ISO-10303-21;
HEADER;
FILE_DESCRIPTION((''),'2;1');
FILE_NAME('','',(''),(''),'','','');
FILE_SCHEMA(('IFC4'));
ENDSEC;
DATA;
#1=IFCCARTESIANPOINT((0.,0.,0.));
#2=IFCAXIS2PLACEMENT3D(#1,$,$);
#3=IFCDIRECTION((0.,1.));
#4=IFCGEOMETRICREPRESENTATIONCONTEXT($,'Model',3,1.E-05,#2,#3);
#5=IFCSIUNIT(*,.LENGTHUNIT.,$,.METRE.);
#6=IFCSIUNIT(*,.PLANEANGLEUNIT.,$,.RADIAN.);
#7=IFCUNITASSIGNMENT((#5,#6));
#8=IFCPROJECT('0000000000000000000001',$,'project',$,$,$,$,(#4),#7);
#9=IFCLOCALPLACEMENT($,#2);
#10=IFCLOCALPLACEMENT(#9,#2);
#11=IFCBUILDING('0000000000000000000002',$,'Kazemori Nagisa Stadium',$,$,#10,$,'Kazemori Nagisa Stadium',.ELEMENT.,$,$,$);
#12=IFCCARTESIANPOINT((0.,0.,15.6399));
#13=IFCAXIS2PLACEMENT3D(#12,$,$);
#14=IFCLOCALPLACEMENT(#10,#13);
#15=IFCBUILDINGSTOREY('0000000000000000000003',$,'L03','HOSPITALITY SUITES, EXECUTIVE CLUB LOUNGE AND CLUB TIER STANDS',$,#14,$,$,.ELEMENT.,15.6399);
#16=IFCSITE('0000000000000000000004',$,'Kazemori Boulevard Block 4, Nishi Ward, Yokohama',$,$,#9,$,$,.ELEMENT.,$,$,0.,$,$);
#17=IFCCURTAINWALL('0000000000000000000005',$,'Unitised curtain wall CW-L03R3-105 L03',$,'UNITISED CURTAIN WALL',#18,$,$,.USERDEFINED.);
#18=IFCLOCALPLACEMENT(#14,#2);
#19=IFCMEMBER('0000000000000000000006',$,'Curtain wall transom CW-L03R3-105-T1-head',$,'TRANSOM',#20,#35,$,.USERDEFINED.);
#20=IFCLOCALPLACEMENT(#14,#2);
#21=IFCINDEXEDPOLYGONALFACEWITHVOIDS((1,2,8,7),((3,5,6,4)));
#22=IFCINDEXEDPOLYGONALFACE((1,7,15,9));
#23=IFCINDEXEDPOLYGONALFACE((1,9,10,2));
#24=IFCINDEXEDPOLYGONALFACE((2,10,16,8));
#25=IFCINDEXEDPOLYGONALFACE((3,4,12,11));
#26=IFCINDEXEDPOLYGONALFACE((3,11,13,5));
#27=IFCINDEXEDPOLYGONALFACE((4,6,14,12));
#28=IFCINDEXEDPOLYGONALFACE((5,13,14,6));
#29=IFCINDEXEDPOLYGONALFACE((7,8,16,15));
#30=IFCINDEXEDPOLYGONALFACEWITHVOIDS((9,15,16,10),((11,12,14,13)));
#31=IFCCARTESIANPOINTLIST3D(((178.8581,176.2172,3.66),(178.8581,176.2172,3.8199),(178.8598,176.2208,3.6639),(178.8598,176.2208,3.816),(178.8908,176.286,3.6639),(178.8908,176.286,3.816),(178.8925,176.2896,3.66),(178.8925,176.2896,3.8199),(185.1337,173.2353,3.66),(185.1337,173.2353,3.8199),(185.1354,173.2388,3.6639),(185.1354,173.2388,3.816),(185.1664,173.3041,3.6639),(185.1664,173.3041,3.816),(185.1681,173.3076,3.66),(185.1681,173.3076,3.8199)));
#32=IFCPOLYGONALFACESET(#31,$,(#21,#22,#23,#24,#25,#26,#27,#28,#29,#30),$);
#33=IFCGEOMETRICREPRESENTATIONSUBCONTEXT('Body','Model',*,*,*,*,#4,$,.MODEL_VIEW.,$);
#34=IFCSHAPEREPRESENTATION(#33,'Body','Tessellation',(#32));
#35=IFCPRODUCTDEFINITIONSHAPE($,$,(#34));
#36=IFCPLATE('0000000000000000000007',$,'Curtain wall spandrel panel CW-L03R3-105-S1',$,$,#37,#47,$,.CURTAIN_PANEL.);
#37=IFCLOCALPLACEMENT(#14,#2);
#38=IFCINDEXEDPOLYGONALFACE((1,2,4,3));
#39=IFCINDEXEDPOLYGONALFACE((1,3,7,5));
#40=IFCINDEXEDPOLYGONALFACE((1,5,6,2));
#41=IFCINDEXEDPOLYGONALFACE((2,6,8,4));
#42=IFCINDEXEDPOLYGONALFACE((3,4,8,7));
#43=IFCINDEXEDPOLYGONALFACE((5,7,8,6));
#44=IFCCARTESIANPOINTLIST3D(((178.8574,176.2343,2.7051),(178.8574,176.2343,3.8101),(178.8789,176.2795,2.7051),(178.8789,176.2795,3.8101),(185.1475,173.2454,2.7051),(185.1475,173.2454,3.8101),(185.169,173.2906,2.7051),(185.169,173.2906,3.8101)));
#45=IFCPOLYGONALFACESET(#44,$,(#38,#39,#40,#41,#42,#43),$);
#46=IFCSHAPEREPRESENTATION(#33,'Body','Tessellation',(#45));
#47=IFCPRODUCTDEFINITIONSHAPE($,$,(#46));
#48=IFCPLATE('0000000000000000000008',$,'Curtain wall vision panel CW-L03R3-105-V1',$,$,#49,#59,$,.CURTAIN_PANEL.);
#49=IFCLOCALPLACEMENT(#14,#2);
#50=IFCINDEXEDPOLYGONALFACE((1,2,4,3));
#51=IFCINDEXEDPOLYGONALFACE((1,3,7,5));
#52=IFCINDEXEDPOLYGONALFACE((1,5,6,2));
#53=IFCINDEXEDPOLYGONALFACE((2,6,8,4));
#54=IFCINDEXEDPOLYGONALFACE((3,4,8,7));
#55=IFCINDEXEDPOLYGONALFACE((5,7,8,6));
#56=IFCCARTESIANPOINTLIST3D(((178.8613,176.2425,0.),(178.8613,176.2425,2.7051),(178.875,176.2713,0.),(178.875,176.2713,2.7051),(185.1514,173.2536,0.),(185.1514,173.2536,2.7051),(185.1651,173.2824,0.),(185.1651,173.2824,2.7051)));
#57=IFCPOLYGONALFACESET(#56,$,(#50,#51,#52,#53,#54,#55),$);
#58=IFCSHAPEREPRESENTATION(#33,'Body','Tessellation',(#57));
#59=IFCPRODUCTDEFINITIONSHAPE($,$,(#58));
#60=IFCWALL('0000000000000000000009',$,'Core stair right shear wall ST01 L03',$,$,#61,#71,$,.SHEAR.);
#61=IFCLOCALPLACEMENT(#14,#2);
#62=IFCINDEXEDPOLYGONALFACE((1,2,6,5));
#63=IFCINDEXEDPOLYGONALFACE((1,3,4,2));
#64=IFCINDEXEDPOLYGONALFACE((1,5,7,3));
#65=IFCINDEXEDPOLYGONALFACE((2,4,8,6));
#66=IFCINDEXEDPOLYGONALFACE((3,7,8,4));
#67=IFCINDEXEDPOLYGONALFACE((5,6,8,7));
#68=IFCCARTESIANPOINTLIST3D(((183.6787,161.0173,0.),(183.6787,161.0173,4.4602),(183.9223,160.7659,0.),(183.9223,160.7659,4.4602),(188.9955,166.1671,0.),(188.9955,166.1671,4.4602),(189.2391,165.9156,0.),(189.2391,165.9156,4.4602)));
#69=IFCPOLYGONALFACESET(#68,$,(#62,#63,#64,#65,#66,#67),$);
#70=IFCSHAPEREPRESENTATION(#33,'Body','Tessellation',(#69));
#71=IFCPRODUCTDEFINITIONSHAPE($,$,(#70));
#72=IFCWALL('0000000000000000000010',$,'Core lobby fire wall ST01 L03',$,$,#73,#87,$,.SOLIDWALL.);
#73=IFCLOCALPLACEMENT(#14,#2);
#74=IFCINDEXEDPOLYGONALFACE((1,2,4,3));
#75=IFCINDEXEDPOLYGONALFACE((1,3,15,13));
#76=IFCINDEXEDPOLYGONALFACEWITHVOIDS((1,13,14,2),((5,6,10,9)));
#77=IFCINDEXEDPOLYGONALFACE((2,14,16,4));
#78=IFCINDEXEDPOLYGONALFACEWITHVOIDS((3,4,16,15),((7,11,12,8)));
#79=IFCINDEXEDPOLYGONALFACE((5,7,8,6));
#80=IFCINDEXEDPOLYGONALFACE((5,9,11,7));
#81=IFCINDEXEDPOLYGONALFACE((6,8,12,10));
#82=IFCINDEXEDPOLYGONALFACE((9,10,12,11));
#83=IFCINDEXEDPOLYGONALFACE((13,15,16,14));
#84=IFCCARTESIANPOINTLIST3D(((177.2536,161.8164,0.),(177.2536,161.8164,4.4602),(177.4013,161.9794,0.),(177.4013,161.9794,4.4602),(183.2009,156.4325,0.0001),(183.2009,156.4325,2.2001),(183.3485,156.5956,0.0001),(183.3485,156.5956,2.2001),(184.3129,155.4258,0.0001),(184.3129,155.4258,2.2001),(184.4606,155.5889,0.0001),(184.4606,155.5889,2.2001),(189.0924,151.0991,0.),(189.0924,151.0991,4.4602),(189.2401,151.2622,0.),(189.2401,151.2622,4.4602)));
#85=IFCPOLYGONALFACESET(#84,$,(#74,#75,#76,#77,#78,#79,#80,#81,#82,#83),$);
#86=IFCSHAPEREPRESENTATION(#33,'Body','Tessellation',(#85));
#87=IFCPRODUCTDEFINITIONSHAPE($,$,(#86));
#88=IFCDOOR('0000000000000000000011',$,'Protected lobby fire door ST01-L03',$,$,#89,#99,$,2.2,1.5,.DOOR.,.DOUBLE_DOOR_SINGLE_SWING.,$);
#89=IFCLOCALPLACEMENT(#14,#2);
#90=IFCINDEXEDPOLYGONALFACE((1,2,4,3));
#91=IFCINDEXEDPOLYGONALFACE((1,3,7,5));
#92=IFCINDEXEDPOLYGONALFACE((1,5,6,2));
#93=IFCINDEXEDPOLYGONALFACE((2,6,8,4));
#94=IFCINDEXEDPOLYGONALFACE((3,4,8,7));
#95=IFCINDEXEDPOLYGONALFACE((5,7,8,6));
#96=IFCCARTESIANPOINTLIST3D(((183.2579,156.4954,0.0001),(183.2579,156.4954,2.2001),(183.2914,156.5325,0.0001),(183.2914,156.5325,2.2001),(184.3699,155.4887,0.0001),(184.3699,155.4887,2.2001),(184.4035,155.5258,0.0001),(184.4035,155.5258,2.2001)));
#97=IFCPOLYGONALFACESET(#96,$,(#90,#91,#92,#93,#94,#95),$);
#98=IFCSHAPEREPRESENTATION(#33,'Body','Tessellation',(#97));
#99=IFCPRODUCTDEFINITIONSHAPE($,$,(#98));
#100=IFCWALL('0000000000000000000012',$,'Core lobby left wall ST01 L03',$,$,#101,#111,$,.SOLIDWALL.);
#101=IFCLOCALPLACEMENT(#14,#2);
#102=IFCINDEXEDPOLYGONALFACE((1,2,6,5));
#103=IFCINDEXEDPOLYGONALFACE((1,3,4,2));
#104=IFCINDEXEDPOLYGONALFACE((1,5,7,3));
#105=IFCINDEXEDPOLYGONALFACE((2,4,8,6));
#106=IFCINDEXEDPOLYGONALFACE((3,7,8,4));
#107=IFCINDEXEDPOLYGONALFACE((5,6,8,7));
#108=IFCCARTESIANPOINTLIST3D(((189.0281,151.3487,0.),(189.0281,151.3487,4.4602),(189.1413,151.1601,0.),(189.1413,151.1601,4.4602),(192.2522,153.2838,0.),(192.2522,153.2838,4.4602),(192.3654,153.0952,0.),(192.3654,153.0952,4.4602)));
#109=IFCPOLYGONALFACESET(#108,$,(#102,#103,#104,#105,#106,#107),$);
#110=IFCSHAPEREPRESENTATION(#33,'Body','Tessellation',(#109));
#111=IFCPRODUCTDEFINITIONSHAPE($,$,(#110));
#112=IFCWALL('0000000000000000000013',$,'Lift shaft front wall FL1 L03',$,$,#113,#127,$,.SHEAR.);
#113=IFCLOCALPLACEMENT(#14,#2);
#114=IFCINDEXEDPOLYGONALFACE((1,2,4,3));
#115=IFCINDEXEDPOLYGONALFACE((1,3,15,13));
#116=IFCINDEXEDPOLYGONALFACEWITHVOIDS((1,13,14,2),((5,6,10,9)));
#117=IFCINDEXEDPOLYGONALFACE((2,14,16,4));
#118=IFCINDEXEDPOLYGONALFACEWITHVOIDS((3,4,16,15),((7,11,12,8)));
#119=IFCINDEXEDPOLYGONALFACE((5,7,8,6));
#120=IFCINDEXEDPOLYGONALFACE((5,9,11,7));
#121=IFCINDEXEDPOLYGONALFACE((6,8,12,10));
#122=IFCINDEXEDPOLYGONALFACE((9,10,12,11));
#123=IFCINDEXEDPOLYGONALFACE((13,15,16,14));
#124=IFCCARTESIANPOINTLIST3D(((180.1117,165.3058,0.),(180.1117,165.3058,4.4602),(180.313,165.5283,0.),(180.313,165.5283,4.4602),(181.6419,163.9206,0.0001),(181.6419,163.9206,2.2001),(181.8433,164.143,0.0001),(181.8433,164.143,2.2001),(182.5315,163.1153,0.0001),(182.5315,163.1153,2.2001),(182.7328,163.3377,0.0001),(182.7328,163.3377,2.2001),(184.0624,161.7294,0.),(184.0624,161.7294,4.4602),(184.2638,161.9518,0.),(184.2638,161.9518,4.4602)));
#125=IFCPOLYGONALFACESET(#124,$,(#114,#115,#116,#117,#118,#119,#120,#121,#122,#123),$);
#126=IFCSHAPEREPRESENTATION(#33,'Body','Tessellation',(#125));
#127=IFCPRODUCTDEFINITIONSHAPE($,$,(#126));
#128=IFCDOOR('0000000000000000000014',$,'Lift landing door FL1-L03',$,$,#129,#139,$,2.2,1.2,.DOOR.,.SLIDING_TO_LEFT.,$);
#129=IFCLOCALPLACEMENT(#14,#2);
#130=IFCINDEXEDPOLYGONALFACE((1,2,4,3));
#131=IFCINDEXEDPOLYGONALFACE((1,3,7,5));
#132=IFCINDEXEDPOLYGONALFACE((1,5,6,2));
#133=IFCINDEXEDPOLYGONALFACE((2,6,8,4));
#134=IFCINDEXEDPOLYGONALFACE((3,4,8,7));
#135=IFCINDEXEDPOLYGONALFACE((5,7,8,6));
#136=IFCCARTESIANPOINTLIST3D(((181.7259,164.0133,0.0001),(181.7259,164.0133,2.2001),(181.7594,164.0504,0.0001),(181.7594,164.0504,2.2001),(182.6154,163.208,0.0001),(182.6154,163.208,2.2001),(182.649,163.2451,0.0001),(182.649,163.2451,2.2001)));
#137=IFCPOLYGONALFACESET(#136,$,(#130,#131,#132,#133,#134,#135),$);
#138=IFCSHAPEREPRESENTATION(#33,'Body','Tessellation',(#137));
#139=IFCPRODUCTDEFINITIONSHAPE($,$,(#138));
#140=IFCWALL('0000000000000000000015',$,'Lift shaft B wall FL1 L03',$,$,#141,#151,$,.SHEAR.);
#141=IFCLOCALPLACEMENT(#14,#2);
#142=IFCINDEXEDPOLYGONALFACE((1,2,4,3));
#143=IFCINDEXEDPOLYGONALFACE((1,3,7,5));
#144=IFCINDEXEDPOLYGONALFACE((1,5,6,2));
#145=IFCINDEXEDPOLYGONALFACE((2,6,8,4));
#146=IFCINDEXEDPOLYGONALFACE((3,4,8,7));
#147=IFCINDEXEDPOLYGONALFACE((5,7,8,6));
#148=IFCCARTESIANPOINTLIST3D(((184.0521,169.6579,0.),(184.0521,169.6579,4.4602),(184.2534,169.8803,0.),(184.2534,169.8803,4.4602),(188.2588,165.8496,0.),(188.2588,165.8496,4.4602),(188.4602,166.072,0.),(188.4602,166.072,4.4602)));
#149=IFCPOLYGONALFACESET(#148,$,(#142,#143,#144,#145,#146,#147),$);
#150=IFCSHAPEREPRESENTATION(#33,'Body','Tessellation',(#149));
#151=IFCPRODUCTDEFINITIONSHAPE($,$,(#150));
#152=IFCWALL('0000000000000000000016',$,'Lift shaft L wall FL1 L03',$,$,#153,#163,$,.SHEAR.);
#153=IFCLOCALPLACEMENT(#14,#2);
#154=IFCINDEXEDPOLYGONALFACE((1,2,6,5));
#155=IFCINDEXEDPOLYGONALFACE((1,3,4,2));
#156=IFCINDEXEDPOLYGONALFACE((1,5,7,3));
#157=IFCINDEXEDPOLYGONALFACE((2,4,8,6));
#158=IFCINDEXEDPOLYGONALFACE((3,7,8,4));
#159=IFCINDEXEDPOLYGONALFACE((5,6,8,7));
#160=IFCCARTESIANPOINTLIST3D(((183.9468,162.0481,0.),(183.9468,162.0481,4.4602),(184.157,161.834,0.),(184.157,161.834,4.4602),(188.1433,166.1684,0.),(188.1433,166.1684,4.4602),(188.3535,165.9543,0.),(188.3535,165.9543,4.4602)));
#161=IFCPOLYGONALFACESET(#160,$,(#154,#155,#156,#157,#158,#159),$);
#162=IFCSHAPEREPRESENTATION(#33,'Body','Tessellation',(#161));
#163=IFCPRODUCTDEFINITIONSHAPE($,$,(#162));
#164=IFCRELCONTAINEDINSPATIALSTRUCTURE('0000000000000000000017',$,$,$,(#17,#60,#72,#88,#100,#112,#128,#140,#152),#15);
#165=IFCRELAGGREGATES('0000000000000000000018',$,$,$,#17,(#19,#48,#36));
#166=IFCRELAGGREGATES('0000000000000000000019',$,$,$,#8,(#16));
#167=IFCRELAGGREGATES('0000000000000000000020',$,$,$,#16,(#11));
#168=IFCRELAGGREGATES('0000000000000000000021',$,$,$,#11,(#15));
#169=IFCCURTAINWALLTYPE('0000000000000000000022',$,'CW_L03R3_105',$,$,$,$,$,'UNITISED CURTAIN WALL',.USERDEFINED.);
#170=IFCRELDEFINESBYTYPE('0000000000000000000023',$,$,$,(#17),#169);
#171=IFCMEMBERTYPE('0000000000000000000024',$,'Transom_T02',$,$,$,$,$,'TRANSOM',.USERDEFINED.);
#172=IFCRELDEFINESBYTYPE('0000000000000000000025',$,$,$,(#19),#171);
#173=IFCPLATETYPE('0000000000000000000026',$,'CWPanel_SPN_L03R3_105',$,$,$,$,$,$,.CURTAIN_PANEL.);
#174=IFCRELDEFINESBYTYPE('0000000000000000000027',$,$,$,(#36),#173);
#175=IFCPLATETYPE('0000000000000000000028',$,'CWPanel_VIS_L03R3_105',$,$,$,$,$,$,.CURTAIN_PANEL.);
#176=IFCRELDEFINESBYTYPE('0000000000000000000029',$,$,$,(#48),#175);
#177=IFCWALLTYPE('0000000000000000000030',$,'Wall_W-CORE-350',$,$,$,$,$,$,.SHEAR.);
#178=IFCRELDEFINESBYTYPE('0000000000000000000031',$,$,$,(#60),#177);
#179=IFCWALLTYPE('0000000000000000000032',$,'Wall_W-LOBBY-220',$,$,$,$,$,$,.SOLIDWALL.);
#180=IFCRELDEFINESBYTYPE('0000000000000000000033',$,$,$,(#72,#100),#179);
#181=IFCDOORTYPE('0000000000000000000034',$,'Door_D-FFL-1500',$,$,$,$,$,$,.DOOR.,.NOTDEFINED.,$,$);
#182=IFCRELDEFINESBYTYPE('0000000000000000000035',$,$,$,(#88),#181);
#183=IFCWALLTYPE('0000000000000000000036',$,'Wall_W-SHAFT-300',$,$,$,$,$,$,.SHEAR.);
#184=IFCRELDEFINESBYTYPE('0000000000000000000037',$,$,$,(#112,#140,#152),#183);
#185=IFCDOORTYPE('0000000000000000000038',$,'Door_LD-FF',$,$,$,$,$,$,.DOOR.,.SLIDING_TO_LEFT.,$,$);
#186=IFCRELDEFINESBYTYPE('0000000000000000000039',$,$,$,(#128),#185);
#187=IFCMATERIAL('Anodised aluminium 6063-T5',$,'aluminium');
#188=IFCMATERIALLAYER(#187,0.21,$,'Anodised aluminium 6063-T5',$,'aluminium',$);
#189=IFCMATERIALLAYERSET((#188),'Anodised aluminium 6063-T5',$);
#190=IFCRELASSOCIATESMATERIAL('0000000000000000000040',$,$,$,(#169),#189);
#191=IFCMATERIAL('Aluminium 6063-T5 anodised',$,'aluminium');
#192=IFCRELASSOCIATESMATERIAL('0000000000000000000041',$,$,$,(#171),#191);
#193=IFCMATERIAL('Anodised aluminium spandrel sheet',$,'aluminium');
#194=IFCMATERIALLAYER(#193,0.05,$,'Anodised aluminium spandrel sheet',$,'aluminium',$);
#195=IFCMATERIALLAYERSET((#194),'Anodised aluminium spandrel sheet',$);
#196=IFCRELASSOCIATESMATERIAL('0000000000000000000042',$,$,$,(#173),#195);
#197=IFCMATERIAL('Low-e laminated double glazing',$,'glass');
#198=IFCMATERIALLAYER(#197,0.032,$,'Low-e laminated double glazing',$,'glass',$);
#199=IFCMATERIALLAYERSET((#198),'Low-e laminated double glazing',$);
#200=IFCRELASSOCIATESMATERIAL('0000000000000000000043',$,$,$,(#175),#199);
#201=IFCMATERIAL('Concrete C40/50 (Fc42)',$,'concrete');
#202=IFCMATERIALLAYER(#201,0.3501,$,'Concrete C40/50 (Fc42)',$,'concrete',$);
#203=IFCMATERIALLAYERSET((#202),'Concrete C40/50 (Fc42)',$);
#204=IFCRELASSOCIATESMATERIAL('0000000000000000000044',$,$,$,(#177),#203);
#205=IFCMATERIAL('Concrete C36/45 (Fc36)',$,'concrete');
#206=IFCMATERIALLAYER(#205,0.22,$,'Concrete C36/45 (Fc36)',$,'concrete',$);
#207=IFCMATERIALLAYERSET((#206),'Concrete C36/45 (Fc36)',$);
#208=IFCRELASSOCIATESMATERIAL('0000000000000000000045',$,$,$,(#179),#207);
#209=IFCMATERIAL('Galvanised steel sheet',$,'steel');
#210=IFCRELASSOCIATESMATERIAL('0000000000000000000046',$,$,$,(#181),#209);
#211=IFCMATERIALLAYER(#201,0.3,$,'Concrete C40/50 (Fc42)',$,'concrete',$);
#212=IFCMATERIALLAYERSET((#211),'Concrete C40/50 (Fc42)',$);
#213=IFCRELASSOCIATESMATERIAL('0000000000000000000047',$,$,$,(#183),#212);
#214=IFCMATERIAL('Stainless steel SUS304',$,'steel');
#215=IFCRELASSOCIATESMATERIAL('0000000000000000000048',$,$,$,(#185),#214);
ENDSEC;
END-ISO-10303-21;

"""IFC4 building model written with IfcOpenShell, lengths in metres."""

from ifc_helpers import new_model, si_unit, direction, frame, frame_2d, origin, origin_2d, place, context, subcontext, project, spatial, rectangle, hollow_rectangle, extrude, material, layer, layer_set, material_profile, profile_set, type_object, element, fill, aggregate, save


model = new_model("IFC4")

# Units and contexts
model_context = context("Model", 3, precision=1e-05, world=origin(), true_north=direction((0.0, 1.0)))
body_context = subcontext(model_context, "Body", "Model", "MODEL_VIEW")
ifc_project = project(units=[si_unit("LENGTHUNIT", "METRE"), si_unit("PLANEANGLEUNIT", "RADIAN")], contexts=[model_context])

# Site, building, storey
site_placement = place(None, origin())
site = spatial("IfcSite", under=ifc_project, at=site_placement, Name="Kazemori Boulevard Block 4, Nishi Ward, Yokohama", CompositionType="ELEMENT", RefElevation=0.0)
building_placement = place(site_placement, origin())
building = spatial("IfcBuilding", under=site, at=building_placement, Name="Kazemori Nagisa Stadium", LongName="Kazemori Nagisa Stadium", CompositionType="ELEMENT")
storey_placement = place(building_placement, frame((0.0, 0.0, 15.6399)))
storey = spatial("IfcBuildingStorey", under=building, at=storey_placement, Name="L03", Description="HOSPITALITY SUITES, EXECUTIVE CLUB LOUNGE AND CLUB TIER STANDS", CompositionType="ELEMENT", Elevation=15.6399)

# Shared definitions
ifc_material_1 = material(Name="Concrete C40/50 (Fc42)", Category="concrete")

# Curtain wall, member, plates
ifc_material_2 = material(Name="Anodised aluminium 6063-T5", Category="aluminium")
ifc_layer_1 = layer(ifc_material_2, 0.21, Name="Anodised aluminium 6063-T5", Category="aluminium")
ifc_layer_set_1 = layer_set([ifc_layer_1], Name="Anodised aluminium 6063-T5")
curtain_wall_type = type_object("IfcCurtainWallType", Name="CW_L03R3_105", ElementType="UNITISED CURTAIN WALL", PredefinedType="USERDEFINED", material=ifc_layer_set_1)
curtain_wall_placement = place(storey_placement, origin())
curtain_wall = element("IfcCurtainWall", 1, at=curtain_wall_placement, inside=storey, type_object=curtain_wall_type, Name="Unitised curtain wall CW-L03R3-105 L03", ObjectType="UNITISED CURTAIN WALL", PredefinedType="USERDEFINED")
ifc_material_3 = material(Name="Aluminium 6063-T5 anodised", Category="aluminium")
ifc_material_profile_1 = material_profile(ifc_material_3, hollow_rectangle(XDim=0.0801, YDim=0.1599, WallThickness=0.0039, at=origin_2d()), Name="ALU-TRAN-80x160x4")
ifc_profile_set_1 = profile_set([ifc_material_profile_1], Name="Aluminium 6063-T5 anodised")
member_type_1 = type_object("IfcMemberType", Name="Transom_T02", ElementType="TRANSOM", PredefinedType="USERDEFINED", material=ifc_profile_set_1)
member_1_placement = place(storey_placement, frame((185.1509, 173.2715, 3.74), z_axis=(-0.903221, 0.429175, 0.0), x_axis=(-0.429175, -0.903221, 0.0)))
member_1 = element("IfcMember", 2, at=member_1_placement, type_object=member_type_1, Name="Curtain wall transom CW-L03R3-105-T1-head", ObjectType="TRANSOM", PredefinedType="USERDEFINED", context=body_context, shape_type="SweptSolid", body=[
    extrude(hollow_rectangle(XDim=0.0801, YDim=0.1599, WallThickness=0.0039, at=origin_2d()), origin(), (0.0, 0.0, 1.0), 6.948),
])
ifc_material_4 = material(Name="Anodised aluminium spandrel sheet", Category="aluminium")
ifc_layer_2 = layer(ifc_material_4, 0.05, Name="Anodised aluminium spandrel sheet", Category="aluminium")
ifc_layer_set_2 = layer_set([ifc_layer_2], Name="Anodised aluminium spandrel sheet")
plate_type_1 = type_object("IfcPlateType", Name="CWPanel_SPN_L03R3_105", PredefinedType="CURTAIN_PANEL", material=ifc_layer_set_2)
plate_1_placement = place(storey_placement, frame((182.0132, 174.7625, 2.7051), z_axis=(0.0, 0.0, 1.0), x_axis=(-0.903216, 0.429186, 0.0)))
plate_1 = element("IfcPlate", 3, at=plate_1_placement, type_object=plate_type_1, Name="Curtain wall spandrel panel CW-L03R3-105-S1", PredefinedType="CURTAIN_PANEL", context=body_context, shape_type="SweptSolid", body=[
    extrude(rectangle(XDim=6.9641, YDim=0.05, at=origin_2d()), origin(), (0.0, 0.0, 1.0), 1.105),
])
ifc_material_5 = material(Name="Low-e laminated double glazing", Category="glass")
ifc_layer_3 = layer(ifc_material_5, 0.032, Name="Low-e laminated double glazing", Category="glass")
ifc_layer_set_3 = layer_set([ifc_layer_3], Name="Low-e laminated double glazing")
plate_type_2 = type_object("IfcPlateType", Name="CWPanel_VIS_L03R3_105", PredefinedType="CURTAIN_PANEL", material=ifc_layer_set_3)
plate_2_placement = place(storey_placement, frame((182.0132, 174.7625, 0.0), z_axis=(0.0, 0.0, 1.0), x_axis=(-0.903216, 0.429186, 0.0)))
plate_2 = element("IfcPlate", 4, at=plate_2_placement, type_object=plate_type_2, Name="Curtain wall vision panel CW-L03R3-105-V1", PredefinedType="CURTAIN_PANEL", context=body_context, shape_type="SweptSolid", body=[
    extrude(rectangle(XDim=6.9641, YDim=0.032, at=origin_2d()), origin(), (0.0, 0.0, 1.0), 2.7051),
])
aggregate(curtain_wall, [member_1, plate_2, plate_1])

# Wall
ifc_layer_4 = layer(ifc_material_1, 0.3501, Name="Concrete C40/50 (Fc42)", Category="concrete")
ifc_layer_set_4 = layer_set([ifc_layer_4], Name="Concrete C40/50 (Fc42)")
wall_type_1 = type_object("IfcWallType", Name="Wall_W-CORE-350", PredefinedType="SHEAR", material=ifc_layer_set_4)
wall_1_placement = place(storey_placement, frame((183.8005, 160.8916, 0.0), z_axis=(0.0, 0.0, 1.0), x_axis=(0.718297, 0.695736, 0.0)))
element("IfcWall", 5, at=wall_1_placement, inside=storey, type_object=wall_type_1, Name="Core stair right shear wall ST01 L03", PredefinedType="SHEAR", context=body_context, shape_type="SweptSolid", body=[
    extrude(rectangle(XDim=7.4019, YDim=0.3501, at=frame_2d((3.7009, 0.0))), origin(), (0.0, 0.0, 1.0), 4.4602),
])

# Wall, opening, door
ifc_material_6 = material(Name="Concrete C36/45 (Fc36)", Category="concrete")
ifc_layer_5 = layer(ifc_material_6, 0.22, Name="Concrete C36/45 (Fc36)", Category="concrete")
ifc_layer_set_5 = layer_set([ifc_layer_5], Name="Concrete C36/45 (Fc36)")
wall_type_2 = type_object("IfcWallType", Name="Wall_W-LOBBY-220", PredefinedType="SOLIDWALL", material=ifc_layer_set_5)
wall_2_placement = place(storey_placement, frame((189.1663, 151.1807, 0.0), z_axis=(0.0, 0.0, 1.0), x_axis=(-0.741351, 0.671117, 0.0)))
wall_2 = element("IfcWall", 6, at=wall_2_placement, inside=storey, type_object=wall_type_2, Name="Core lobby fire wall ST01 L03", PredefinedType="SOLIDWALL", context=body_context, shape_type="SweptSolid", body=[
    extrude(rectangle(XDim=15.9692, YDim=0.22, at=frame_2d((7.9846, 0.0))), origin(), (0.0, 0.0, 1.0), 4.4602),
])
opening_1_placement = place(wall_2_placement, frame((6.447, 0.0, 0.0)))
opening_1 = element("IfcOpeningElement", 7, at=opening_1_placement, cuts=wall_2, PredefinedType="OPENING", context=body_context, shape_type="SweptSolid", body=[
    extrude(rectangle(XDim=1.5, YDim=2.2, at=frame_2d((0.75, 1.1001))), frame((0.0, 0.1199, 0.0), z_axis=(0.0, -1.0, 0.0), x_axis=(1.0, 0.0, 0.0)), (0.0, 0.0, 1.0), 0.24),
])
ifc_material_7 = material(Name="Galvanised steel sheet", Category="steel")
door_type_1 = type_object("IfcDoorType", Name="Door_D-FFL-1500", OperationType="NOTDEFINED", PredefinedType="DOOR", material=ifc_material_7)
door_1_placement = place(opening_1_placement, frame((1.5, 0.0, 0.0), z_axis=(0.0, 0.0, 1.0), x_axis=(-1.0, 0.0, 0.0)))
door_1 = element("IfcDoor", 8, at=door_1_placement, inside=storey, type_object=door_type_1, Name="Protected lobby fire door ST01-L03", OperationType="DOUBLE_DOOR_SINGLE_SWING", OverallHeight=2.2, OverallWidth=1.5, PredefinedType="DOOR", context=body_context, shape_type="SweptSolid", body=[
    extrude(rectangle(XDim=1.5, YDim=2.2, at=frame_2d((0.75, 1.1001))), frame((0.0, 0.0249, 0.0), z_axis=(0.0, -1.0, 0.0), x_axis=(1.0, 0.0, 0.0)), (0.0, 0.0, 1.0), 0.05),
])
fill(opening_1, door_1)

# Wall
wall_3_placement = place(storey_placement, frame((189.0847, 151.2544, 0.0), z_axis=(0.0, 0.0, 1.0), x_axis=(0.857424, 0.51461, 0.0)))
element("IfcWall", 9, at=wall_3_placement, inside=storey, type_object=wall_type_2, Name="Core lobby left wall ST01 L03", PredefinedType="SOLIDWALL", context=body_context, shape_type="SweptSolid", body=[
    extrude(rectangle(XDim=3.7603, YDim=0.22, at=frame_2d((1.8801, 0.0))), origin(), (0.0, 0.0, 1.0), 4.4602),
])

# Wall, opening, door
ifc_layer_6 = layer(ifc_material_1, 0.3, Name="Concrete C40/50 (Fc42)", Category="concrete")
ifc_layer_set_6 = layer_set([ifc_layer_6], Name="Concrete C40/50 (Fc42)")
wall_type_3 = type_object("IfcWallType", Name="Wall_W-SHAFT-300", PredefinedType="SHEAR", material=ifc_layer_set_6)
wall_4_placement = place(storey_placement, frame((184.1631, 161.8406, 0.0), z_axis=(0.0, 0.0, 1.0), x_axis=(-0.74135, 0.671118, 0.0)))
wall_4 = element("IfcWall", 10, at=wall_4_placement, inside=storey, type_object=wall_type_3, Name="Lift shaft front wall FL1 L03", PredefinedType="SHEAR", context=body_context, shape_type="SweptSolid", body=[
    extrude(rectangle(XDim=5.3291, YDim=0.3, at=frame_2d((2.6646, 0.0))), origin(), (0.0, 0.0, 1.0), 4.4602),
])
opening_2_placement = place(wall_4_placement, frame((2.0649, 0.0, 0.0)))
opening_2 = element("IfcOpeningElement", 11, at=opening_2_placement, cuts=wall_4, PredefinedType="OPENING", context=body_context, shape_type="SweptSolid", body=[
    extrude(rectangle(XDim=1.2, YDim=2.2, at=frame_2d((0.6001, 1.1001))), frame((0.0, 0.1599, 0.0), z_axis=(0.0, -1.0, 0.0), x_axis=(1.0, 0.0, 0.0)), (0.0, 0.0, 1.0), 0.3201),
])
ifc_material_8 = material(Name="Stainless steel SUS304", Category="steel")
door_type_2 = type_object("IfcDoorType", Name="Door_LD-FF", OperationType="SLIDING_TO_LEFT", PredefinedType="DOOR", material=ifc_material_8)
door_2_placement = place(opening_2_placement, origin())
door_2 = element("IfcDoor", 12, at=door_2_placement, inside=storey, type_object=door_type_2, Name="Lift landing door FL1-L03", OperationType="SLIDING_TO_LEFT", OverallHeight=2.2, OverallWidth=1.2, PredefinedType="DOOR", context=body_context, shape_type="SweptSolid", body=[
    extrude(rectangle(XDim=1.2, YDim=2.2, at=frame_2d((0.6001, 1.1001))), frame((0.0, 0.0249, 0.0), z_axis=(0.0, -1.0, 0.0), x_axis=(1.0, 0.0, 0.0)), (0.0, 0.0, 1.0), 0.05),
])
fill(opening_2, door_2)

# Walls
wall_5_placement = place(storey_placement, frame((188.3596, 165.9607, 0.0), z_axis=(0.0, 0.0, 1.0), x_axis=(-0.741342, 0.671127, 0.0)))
element("IfcWall", 13, at=wall_5_placement, inside=storey, type_object=wall_type_3, Name="Lift shaft B wall FL1 L03", PredefinedType="SHEAR", context=body_context, shape_type="SweptSolid", body=[
    extrude(rectangle(XDim=5.6746, YDim=0.3, at=frame_2d((2.8374, 0.0))), origin(), (0.0, 0.0, 1.0), 4.4602),
])
wall_6_placement = place(storey_placement, frame((184.052, 161.9412, 0.0), z_axis=(0.0, 0.0, 1.0), x_axis=(0.713553, 0.700601, 0.0)))
element("IfcWall", 14, at=wall_6_placement, inside=storey, type_object=wall_type_3, Name="Lift shaft L wall FL1 L03", PredefinedType="SHEAR", context=body_context, shape_type="SweptSolid", body=[
    extrude(rectangle(XDim=5.8811, YDim=0.3, at=frame_2d((2.9404, 0.0))), origin(), (0.0, 0.0, 1.0), 4.4602),
])

save(model, "model.ifc")
